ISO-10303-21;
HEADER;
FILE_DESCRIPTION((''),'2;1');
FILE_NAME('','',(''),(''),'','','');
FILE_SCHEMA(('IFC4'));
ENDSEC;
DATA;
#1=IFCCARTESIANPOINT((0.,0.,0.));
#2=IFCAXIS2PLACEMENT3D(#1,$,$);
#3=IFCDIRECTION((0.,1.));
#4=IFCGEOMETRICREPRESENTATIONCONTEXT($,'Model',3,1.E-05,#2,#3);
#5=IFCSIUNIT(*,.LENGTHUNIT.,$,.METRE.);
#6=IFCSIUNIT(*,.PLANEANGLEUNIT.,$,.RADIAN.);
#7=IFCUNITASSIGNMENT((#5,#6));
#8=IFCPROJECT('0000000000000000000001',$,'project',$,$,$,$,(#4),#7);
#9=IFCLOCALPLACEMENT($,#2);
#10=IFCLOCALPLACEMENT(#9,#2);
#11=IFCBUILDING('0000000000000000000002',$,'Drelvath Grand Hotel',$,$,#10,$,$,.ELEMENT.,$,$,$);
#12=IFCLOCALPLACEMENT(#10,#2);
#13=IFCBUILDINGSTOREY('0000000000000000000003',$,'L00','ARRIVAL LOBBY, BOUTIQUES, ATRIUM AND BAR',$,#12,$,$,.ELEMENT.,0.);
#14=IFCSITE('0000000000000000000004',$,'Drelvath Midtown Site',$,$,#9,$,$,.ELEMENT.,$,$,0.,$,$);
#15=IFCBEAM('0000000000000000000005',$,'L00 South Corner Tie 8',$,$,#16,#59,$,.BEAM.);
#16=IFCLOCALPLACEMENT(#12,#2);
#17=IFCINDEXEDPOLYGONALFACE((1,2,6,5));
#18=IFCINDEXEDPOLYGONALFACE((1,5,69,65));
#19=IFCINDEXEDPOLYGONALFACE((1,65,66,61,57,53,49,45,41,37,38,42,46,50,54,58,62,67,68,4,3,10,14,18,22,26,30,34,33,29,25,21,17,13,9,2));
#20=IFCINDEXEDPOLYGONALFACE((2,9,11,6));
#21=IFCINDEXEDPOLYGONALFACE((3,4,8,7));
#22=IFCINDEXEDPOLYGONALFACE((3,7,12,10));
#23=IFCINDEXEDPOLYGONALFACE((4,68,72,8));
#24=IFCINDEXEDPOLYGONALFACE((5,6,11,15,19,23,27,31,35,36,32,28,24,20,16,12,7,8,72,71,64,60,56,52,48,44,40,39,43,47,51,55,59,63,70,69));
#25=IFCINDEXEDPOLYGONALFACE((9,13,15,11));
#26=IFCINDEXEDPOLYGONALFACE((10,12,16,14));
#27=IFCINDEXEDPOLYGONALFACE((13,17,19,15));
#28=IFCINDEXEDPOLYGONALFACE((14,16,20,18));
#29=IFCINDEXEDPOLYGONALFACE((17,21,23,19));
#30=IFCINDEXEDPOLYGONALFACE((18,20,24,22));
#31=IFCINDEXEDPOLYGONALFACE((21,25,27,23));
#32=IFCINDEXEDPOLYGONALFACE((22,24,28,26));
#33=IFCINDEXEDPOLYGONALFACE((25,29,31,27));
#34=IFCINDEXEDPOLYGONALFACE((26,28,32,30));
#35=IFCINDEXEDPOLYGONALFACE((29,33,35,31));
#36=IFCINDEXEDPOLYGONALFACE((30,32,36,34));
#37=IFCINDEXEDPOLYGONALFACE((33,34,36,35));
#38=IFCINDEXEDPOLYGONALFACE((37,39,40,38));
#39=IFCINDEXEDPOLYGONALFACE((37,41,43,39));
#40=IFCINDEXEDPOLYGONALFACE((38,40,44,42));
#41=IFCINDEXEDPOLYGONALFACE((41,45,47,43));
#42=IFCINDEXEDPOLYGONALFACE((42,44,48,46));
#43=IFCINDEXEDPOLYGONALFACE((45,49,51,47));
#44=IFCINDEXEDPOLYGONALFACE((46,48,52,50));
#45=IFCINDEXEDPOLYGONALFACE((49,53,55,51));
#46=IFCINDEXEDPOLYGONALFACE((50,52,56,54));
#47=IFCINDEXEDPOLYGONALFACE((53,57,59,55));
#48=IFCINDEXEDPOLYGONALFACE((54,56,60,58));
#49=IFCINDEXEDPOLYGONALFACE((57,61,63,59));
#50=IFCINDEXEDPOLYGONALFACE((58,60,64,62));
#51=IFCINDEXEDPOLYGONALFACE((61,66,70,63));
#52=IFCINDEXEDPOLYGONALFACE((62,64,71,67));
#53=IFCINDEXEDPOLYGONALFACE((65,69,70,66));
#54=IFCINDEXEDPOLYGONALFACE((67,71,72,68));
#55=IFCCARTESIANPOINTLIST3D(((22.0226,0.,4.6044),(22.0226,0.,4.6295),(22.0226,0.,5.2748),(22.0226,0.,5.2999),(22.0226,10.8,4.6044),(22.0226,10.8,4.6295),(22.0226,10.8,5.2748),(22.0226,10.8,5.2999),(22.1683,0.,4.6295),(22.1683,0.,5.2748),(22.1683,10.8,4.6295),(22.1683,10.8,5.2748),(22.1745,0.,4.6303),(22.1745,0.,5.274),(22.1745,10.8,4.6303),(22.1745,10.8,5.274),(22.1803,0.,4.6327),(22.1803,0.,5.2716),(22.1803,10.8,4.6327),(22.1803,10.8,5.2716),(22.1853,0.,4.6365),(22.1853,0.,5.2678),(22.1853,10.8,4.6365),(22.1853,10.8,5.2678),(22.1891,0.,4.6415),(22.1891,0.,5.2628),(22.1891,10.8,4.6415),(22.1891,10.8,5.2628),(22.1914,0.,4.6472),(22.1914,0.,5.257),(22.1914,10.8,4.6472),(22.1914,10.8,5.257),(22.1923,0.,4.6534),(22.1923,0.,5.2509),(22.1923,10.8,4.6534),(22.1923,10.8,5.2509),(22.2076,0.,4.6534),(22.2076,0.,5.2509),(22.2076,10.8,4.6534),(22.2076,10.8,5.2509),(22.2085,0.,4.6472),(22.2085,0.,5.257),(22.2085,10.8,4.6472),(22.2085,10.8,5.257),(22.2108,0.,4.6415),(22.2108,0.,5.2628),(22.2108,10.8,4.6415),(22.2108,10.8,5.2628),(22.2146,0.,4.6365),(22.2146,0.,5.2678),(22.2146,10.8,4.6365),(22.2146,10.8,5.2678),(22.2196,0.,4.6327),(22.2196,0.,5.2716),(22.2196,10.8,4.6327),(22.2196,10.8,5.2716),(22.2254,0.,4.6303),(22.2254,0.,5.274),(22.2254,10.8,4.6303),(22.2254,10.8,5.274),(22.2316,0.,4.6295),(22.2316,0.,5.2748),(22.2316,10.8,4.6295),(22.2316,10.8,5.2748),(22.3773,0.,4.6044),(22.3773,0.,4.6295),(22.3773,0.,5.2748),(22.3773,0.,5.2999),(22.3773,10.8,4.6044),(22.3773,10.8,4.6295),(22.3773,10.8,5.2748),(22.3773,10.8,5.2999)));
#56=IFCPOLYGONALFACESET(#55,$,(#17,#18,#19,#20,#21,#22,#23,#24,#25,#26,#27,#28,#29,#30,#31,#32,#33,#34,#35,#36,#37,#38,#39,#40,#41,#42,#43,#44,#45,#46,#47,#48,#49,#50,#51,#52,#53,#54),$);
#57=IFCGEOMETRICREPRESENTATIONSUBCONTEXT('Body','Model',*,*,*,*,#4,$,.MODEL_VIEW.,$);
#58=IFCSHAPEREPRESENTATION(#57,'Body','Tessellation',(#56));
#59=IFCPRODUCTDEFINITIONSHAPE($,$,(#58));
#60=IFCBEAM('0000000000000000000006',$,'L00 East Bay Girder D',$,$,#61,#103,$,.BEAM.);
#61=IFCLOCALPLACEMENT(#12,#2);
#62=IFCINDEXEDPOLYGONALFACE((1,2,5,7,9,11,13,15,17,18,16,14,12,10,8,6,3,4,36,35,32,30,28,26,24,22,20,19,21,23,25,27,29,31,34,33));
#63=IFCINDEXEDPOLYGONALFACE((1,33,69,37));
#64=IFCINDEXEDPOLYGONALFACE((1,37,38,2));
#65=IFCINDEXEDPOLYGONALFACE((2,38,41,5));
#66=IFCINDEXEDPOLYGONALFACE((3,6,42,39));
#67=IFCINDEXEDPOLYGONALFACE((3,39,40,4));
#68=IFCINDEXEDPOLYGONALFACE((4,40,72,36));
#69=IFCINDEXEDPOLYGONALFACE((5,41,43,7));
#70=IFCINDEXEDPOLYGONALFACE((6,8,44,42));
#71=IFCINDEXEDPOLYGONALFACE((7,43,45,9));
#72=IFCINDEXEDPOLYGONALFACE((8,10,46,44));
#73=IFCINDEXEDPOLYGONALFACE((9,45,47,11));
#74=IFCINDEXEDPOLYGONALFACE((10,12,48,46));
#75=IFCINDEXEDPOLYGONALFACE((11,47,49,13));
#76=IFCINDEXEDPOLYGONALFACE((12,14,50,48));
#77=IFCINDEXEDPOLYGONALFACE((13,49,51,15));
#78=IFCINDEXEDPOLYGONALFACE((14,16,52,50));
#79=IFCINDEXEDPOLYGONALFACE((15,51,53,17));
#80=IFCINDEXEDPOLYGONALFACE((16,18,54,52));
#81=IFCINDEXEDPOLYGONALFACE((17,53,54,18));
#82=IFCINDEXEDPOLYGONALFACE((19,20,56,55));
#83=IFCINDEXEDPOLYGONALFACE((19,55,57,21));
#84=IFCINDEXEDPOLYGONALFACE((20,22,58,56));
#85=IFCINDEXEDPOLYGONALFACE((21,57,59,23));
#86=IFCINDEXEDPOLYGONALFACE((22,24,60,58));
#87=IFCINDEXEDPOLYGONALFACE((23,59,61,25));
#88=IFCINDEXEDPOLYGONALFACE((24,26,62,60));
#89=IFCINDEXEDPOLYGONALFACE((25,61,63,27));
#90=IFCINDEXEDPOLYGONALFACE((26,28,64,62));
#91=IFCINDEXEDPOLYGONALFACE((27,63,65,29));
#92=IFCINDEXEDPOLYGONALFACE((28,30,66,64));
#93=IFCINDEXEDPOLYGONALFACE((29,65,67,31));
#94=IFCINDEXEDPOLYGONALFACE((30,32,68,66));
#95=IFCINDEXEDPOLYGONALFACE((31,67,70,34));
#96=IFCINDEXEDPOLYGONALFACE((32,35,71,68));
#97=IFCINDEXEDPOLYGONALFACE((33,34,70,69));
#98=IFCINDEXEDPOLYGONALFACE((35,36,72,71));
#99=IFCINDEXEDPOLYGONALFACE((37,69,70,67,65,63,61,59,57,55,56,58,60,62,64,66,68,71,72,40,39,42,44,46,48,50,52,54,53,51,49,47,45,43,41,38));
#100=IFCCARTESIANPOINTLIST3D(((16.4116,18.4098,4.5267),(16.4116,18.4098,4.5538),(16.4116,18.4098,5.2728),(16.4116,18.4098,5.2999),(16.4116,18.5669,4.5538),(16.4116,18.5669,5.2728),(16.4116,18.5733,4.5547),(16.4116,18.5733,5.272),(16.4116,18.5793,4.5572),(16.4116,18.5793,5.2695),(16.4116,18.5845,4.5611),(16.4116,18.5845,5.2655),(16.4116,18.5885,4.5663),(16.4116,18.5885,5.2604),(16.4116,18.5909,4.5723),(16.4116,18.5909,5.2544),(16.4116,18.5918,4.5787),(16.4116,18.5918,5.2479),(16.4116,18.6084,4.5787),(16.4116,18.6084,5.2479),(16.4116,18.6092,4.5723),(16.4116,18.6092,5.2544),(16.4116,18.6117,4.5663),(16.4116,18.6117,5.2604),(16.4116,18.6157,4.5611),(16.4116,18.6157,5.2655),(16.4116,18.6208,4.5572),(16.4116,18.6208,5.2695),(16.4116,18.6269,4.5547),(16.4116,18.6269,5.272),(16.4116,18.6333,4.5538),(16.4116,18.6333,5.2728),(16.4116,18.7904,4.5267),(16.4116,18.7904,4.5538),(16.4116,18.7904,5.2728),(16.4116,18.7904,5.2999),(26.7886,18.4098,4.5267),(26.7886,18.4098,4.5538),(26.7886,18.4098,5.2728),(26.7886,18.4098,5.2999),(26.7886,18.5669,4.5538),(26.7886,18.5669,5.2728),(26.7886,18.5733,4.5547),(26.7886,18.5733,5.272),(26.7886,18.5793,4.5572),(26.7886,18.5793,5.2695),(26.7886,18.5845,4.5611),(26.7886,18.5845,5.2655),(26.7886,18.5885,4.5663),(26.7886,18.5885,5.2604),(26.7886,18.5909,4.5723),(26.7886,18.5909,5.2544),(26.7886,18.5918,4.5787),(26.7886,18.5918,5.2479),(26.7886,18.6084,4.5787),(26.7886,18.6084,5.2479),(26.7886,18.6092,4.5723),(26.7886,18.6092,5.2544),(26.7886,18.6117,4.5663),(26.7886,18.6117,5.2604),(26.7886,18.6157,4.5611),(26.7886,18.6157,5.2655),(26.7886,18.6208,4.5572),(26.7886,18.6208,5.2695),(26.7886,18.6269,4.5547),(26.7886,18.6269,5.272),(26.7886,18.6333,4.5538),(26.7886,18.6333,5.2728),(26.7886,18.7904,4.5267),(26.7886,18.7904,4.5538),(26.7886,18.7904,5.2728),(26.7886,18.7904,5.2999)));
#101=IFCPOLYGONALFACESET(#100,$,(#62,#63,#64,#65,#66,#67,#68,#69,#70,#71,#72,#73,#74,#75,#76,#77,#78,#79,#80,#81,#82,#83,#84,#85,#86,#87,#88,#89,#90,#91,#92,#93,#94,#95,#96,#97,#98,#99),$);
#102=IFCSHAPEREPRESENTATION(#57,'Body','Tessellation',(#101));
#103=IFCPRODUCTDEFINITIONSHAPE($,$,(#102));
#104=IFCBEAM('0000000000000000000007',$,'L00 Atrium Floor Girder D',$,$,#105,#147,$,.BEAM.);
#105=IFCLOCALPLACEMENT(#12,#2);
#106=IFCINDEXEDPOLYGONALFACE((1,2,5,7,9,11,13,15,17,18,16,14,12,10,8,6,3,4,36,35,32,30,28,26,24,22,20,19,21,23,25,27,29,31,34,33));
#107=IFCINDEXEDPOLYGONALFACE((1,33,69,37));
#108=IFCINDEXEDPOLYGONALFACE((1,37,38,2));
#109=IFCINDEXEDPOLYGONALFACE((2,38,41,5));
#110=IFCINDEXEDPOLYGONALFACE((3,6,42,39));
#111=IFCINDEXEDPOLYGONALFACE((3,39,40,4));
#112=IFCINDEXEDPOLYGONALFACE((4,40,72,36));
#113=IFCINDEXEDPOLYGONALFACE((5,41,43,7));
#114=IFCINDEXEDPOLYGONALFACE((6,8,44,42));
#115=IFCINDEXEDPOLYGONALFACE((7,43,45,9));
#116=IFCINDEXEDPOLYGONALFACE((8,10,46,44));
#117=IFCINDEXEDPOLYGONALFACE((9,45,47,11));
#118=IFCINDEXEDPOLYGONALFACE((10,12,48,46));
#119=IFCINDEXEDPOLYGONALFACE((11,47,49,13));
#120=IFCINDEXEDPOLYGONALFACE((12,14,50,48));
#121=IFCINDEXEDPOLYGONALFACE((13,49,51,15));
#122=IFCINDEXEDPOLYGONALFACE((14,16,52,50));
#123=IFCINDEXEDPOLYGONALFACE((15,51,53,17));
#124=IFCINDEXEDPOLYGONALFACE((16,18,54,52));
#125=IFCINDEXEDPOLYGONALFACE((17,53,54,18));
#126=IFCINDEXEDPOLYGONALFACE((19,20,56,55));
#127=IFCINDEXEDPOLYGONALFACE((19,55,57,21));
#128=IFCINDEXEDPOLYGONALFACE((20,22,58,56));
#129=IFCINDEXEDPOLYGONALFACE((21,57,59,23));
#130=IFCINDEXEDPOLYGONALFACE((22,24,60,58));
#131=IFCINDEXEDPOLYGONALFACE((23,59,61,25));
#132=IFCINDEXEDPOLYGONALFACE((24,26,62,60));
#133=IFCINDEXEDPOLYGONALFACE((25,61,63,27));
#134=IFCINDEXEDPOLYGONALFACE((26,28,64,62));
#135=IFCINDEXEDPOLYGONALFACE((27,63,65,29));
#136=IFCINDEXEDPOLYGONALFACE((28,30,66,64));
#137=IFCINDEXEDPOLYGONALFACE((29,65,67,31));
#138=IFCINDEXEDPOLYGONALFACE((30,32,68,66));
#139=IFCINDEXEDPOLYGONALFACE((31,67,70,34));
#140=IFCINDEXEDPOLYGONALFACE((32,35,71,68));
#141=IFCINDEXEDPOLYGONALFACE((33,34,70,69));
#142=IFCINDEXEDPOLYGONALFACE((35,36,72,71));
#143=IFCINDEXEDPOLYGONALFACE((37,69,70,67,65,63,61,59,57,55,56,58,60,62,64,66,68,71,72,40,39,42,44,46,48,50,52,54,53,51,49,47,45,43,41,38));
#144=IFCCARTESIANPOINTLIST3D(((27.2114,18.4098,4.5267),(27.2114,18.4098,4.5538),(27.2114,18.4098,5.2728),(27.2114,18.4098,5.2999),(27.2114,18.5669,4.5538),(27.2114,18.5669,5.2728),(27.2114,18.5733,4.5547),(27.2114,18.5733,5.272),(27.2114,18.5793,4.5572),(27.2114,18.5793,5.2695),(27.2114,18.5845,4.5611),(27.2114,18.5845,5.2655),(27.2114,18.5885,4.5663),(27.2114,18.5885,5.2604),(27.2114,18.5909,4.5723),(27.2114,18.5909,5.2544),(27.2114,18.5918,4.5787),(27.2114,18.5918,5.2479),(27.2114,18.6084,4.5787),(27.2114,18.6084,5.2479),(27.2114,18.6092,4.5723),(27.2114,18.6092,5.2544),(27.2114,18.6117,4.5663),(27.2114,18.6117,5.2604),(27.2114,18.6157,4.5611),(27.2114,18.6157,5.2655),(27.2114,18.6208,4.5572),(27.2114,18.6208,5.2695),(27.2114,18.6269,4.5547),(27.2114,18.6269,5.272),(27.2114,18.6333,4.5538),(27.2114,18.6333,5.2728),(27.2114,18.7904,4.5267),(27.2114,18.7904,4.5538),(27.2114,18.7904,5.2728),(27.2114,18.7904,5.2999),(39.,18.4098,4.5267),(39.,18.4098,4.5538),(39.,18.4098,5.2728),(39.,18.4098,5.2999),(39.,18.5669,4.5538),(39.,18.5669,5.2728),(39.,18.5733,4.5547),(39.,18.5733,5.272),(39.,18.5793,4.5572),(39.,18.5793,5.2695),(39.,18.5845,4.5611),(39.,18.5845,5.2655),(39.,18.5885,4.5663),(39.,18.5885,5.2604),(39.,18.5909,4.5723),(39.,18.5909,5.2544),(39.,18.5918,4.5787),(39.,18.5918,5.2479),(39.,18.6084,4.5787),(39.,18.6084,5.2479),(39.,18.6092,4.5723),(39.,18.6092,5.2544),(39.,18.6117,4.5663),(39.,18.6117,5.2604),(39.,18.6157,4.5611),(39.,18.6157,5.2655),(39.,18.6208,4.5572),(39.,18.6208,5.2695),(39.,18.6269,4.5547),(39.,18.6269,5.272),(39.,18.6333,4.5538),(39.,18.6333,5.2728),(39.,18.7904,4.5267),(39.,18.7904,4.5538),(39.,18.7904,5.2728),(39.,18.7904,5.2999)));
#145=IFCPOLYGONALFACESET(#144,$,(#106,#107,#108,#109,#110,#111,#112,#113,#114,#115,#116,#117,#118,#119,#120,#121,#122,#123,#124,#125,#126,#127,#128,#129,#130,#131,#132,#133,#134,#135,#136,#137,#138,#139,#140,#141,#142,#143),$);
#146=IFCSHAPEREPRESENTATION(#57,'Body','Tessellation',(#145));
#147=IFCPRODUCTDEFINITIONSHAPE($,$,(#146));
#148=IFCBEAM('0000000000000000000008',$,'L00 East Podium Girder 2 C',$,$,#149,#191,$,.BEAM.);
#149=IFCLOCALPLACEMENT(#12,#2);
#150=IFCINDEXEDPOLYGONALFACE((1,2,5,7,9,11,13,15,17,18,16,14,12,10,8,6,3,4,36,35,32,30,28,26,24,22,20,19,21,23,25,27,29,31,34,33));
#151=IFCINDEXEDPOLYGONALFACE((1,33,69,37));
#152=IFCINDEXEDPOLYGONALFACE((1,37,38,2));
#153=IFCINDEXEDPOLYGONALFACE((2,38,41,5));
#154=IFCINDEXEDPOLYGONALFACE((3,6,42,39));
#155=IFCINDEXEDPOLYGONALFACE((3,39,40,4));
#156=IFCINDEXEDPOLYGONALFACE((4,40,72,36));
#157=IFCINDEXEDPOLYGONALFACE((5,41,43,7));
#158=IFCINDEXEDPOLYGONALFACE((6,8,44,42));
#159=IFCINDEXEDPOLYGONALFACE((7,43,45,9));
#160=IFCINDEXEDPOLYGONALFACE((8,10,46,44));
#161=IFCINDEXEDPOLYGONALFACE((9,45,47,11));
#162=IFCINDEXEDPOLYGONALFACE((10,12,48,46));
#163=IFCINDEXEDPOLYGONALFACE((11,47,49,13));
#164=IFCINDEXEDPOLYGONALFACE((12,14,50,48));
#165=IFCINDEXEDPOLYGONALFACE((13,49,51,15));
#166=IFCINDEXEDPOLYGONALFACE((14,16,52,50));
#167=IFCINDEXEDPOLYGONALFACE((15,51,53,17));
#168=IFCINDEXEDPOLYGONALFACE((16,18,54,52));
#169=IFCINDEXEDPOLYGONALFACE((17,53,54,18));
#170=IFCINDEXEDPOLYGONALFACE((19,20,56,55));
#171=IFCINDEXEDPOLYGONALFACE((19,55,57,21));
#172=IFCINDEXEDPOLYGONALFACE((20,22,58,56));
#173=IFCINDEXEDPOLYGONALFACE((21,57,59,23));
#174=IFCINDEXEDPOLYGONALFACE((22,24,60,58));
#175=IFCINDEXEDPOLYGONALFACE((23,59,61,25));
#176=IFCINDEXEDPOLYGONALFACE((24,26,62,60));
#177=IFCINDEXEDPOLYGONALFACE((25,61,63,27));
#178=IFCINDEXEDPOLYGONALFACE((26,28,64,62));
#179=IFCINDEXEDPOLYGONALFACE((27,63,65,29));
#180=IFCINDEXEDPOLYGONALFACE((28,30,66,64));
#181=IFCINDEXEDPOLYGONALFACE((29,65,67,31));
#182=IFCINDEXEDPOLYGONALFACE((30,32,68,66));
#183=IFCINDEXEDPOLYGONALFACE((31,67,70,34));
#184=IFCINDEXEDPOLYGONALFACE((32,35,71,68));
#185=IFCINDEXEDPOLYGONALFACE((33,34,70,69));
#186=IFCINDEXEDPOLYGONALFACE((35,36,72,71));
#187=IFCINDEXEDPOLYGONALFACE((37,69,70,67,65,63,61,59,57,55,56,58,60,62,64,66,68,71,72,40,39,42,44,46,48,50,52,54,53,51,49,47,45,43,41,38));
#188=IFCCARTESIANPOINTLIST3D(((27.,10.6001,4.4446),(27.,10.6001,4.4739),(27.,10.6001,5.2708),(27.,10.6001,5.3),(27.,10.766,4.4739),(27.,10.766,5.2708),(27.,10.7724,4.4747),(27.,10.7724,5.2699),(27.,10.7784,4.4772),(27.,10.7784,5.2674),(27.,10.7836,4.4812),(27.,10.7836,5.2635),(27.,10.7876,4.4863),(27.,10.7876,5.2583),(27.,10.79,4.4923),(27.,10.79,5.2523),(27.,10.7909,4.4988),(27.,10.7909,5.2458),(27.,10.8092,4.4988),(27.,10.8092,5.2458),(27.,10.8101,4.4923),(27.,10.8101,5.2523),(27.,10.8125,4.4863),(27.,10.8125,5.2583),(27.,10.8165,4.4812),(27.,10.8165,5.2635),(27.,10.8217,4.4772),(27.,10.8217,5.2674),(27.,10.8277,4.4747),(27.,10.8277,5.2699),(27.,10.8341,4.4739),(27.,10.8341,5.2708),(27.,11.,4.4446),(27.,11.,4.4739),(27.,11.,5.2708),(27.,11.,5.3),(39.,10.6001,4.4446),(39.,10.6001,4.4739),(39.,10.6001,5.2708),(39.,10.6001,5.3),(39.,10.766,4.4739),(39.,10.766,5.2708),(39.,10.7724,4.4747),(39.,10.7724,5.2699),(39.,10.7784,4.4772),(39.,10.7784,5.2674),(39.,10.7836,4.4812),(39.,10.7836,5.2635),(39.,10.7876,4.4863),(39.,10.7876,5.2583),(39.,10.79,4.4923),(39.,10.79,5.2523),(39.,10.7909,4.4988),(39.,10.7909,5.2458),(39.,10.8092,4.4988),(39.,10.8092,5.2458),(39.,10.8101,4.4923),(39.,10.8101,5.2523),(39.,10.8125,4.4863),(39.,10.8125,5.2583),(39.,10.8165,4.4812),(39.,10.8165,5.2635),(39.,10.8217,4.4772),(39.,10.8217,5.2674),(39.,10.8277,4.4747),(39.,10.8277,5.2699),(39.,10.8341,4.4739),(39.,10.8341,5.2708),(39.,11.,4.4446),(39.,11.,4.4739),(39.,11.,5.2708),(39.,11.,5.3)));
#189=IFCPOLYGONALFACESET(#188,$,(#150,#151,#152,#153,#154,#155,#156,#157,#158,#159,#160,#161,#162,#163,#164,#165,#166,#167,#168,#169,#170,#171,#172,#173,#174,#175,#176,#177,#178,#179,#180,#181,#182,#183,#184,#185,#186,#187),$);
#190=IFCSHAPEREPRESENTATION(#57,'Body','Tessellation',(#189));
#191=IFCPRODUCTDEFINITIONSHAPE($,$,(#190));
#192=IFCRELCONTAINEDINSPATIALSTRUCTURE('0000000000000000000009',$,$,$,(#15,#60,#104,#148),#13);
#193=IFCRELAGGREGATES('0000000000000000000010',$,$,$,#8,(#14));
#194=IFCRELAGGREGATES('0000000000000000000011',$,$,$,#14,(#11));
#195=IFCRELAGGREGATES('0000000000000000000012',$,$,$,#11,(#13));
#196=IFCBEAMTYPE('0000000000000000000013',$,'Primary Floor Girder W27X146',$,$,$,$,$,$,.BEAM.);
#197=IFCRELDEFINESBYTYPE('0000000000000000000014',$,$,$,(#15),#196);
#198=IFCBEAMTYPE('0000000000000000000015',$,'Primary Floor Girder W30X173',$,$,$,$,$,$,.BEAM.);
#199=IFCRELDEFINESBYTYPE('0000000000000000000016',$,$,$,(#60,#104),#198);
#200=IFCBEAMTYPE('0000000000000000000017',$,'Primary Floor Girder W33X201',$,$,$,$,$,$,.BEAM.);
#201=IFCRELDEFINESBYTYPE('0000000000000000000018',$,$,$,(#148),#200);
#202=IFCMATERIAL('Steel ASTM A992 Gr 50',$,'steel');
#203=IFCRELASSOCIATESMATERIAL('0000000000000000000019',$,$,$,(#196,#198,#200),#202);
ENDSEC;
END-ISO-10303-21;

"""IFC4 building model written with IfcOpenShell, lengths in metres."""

from ifc_helpers import new_model, si_unit, direction, frame, origin, origin_2d, place, context, subcontext, project, spatial, i_section, extrude, material, material_profile, profile_set, type_object, element, save


model = new_model("IFC4")

# Units and contexts
model_context = context("Model", 3, precision=1e-05, world=origin(), true_north=direction((0.0, 1.0)))
body_context = subcontext(model_context, "Body", "Model", "MODEL_VIEW")
ifc_project = project(units=[si_unit("LENGTHUNIT", "METRE"), si_unit("PLANEANGLEUNIT", "RADIAN")], contexts=[model_context])

# Site, building, storey
site_placement = place(None, origin())
site = spatial("IfcSite", under=ifc_project, at=site_placement, Name="Drelvath Midtown Site", CompositionType="ELEMENT", RefElevation=0.0)
building_placement = place(site_placement, origin())
building = spatial("IfcBuilding", under=site, at=building_placement, Name="Drelvath Grand Hotel", CompositionType="ELEMENT")
storey_placement = place(building_placement, origin())
storey = spatial("IfcBuildingStorey", under=building, at=storey_placement, Name="L00", Description="ARRIVAL LOBBY, BOUTIQUES, ATRIUM AND BAR", CompositionType="ELEMENT", Elevation=0.0)

# Beams
ifc_material_1 = material(Name="Steel ASTM A992 Gr 50", Category="steel")
ifc_material_profile_1 = material_profile(ifc_material_1, i_section(OverallWidth=0.3547, OverallDepth=0.6956, WebThickness=0.0154, FlangeThickness=0.0251, FilletRadius=0.0239, at=origin_2d()), Name="W27X146")
ifc_profile_set_1 = profile_set([ifc_material_profile_1], Name="Steel ASTM A992 Gr 50")
beam_type_1 = type_object("IfcBeamType", Name="Primary Floor Girder W27X146", PredefinedType="BEAM", material=ifc_profile_set_1)
beam_1_placement = place(storey_placement, frame((22.2, 0.0, 4.9521), z_axis=(0.0, 1.0, 0.0), x_axis=(-1.0, 0.0, 0.0)))
element("IfcBeam", 1, at=beam_1_placement, inside=storey, type_object=beam_type_1, Name="L00 South Corner Tie 8", PredefinedType="BEAM", context=body_context, shape_type="SweptSolid", body=[
    extrude(i_section(OverallWidth=0.3547, OverallDepth=0.6956, WebThickness=0.0154, FlangeThickness=0.0251, FilletRadius=0.0239, at=origin_2d()), origin(), (0.0, 0.0, 1.0), 10.8),
])
ifc_material_profile_2 = material_profile(ifc_material_1, i_section(OverallWidth=0.3806, OverallDepth=0.7732, WebThickness=0.0166, FlangeThickness=0.0271, FilletRadius=0.0249, at=origin_2d()), Name="W30X173")
ifc_profile_set_2 = profile_set([ifc_material_profile_2], Name="Steel ASTM A992 Gr 50")
beam_type_2 = type_object("IfcBeamType", Name="Primary Floor Girder W30X173", PredefinedType="BEAM", material=ifc_profile_set_2)
beam_2_placement = place(storey_placement, frame((16.4116, 18.6001, 4.9133), z_axis=(1.0, 0.0, 0.0), x_axis=(0.0, 1.0, 0.0)))
element("IfcBeam", 2, at=beam_2_placement, inside=storey, type_object=beam_type_2, Name="L00 East Bay Girder D", PredefinedType="BEAM", context=body_context, shape_type="SweptSolid", body=[
    extrude(i_section(OverallWidth=0.3806, OverallDepth=0.7732, WebThickness=0.0166, FlangeThickness=0.0271, FilletRadius=0.0249, at=origin_2d()), origin(), (0.0, 0.0, 1.0), 10.377),
])
beam_3_placement = place(storey_placement, frame((27.2114, 18.6001, 4.9133), z_axis=(1.0, 0.0, 0.0), x_axis=(0.0, 1.0, 0.0)))
element("IfcBeam", 3, at=beam_3_placement, inside=storey, type_object=beam_type_2, Name="L00 Atrium Floor Girder D", PredefinedType="BEAM", context=body_context, shape_type="SweptSolid", body=[
    extrude(i_section(OverallWidth=0.3806, OverallDepth=0.7732, WebThickness=0.0166, FlangeThickness=0.0271, FilletRadius=0.0249, at=origin_2d()), origin(), (0.0, 0.0, 1.0), 11.7886),
])
ifc_material_profile_3 = material_profile(ifc_material_1, i_section(OverallWidth=0.3999, OverallDepth=0.8555, WebThickness=0.0183, FlangeThickness=0.0293, FilletRadius=0.0249, at=origin_2d()), Name="W33X201")
ifc_profile_set_3 = profile_set([ifc_material_profile_3], Name="Steel ASTM A992 Gr 50")
beam_type_3 = type_object("IfcBeamType", Name="Primary Floor Girder W33X201", PredefinedType="BEAM", material=ifc_profile_set_3)
beam_4_placement = place(storey_placement, frame((27.0, 10.8, 4.8723), z_axis=(1.0, 0.0, 0.0), x_axis=(0.0, 1.0, 0.0)))
element("IfcBeam", 4, at=beam_4_placement, inside=storey, type_object=beam_type_3, Name="L00 East Podium Girder 2 C", PredefinedType="BEAM", context=body_context, shape_type="SweptSolid", body=[
    extrude(i_section(OverallWidth=0.3999, OverallDepth=0.8555, WebThickness=0.0183, FlangeThickness=0.0293, FilletRadius=0.0249, at=origin_2d()), origin(), (0.0, 0.0, 1.0), 12.0),
])

save(model, "model.ifc")
